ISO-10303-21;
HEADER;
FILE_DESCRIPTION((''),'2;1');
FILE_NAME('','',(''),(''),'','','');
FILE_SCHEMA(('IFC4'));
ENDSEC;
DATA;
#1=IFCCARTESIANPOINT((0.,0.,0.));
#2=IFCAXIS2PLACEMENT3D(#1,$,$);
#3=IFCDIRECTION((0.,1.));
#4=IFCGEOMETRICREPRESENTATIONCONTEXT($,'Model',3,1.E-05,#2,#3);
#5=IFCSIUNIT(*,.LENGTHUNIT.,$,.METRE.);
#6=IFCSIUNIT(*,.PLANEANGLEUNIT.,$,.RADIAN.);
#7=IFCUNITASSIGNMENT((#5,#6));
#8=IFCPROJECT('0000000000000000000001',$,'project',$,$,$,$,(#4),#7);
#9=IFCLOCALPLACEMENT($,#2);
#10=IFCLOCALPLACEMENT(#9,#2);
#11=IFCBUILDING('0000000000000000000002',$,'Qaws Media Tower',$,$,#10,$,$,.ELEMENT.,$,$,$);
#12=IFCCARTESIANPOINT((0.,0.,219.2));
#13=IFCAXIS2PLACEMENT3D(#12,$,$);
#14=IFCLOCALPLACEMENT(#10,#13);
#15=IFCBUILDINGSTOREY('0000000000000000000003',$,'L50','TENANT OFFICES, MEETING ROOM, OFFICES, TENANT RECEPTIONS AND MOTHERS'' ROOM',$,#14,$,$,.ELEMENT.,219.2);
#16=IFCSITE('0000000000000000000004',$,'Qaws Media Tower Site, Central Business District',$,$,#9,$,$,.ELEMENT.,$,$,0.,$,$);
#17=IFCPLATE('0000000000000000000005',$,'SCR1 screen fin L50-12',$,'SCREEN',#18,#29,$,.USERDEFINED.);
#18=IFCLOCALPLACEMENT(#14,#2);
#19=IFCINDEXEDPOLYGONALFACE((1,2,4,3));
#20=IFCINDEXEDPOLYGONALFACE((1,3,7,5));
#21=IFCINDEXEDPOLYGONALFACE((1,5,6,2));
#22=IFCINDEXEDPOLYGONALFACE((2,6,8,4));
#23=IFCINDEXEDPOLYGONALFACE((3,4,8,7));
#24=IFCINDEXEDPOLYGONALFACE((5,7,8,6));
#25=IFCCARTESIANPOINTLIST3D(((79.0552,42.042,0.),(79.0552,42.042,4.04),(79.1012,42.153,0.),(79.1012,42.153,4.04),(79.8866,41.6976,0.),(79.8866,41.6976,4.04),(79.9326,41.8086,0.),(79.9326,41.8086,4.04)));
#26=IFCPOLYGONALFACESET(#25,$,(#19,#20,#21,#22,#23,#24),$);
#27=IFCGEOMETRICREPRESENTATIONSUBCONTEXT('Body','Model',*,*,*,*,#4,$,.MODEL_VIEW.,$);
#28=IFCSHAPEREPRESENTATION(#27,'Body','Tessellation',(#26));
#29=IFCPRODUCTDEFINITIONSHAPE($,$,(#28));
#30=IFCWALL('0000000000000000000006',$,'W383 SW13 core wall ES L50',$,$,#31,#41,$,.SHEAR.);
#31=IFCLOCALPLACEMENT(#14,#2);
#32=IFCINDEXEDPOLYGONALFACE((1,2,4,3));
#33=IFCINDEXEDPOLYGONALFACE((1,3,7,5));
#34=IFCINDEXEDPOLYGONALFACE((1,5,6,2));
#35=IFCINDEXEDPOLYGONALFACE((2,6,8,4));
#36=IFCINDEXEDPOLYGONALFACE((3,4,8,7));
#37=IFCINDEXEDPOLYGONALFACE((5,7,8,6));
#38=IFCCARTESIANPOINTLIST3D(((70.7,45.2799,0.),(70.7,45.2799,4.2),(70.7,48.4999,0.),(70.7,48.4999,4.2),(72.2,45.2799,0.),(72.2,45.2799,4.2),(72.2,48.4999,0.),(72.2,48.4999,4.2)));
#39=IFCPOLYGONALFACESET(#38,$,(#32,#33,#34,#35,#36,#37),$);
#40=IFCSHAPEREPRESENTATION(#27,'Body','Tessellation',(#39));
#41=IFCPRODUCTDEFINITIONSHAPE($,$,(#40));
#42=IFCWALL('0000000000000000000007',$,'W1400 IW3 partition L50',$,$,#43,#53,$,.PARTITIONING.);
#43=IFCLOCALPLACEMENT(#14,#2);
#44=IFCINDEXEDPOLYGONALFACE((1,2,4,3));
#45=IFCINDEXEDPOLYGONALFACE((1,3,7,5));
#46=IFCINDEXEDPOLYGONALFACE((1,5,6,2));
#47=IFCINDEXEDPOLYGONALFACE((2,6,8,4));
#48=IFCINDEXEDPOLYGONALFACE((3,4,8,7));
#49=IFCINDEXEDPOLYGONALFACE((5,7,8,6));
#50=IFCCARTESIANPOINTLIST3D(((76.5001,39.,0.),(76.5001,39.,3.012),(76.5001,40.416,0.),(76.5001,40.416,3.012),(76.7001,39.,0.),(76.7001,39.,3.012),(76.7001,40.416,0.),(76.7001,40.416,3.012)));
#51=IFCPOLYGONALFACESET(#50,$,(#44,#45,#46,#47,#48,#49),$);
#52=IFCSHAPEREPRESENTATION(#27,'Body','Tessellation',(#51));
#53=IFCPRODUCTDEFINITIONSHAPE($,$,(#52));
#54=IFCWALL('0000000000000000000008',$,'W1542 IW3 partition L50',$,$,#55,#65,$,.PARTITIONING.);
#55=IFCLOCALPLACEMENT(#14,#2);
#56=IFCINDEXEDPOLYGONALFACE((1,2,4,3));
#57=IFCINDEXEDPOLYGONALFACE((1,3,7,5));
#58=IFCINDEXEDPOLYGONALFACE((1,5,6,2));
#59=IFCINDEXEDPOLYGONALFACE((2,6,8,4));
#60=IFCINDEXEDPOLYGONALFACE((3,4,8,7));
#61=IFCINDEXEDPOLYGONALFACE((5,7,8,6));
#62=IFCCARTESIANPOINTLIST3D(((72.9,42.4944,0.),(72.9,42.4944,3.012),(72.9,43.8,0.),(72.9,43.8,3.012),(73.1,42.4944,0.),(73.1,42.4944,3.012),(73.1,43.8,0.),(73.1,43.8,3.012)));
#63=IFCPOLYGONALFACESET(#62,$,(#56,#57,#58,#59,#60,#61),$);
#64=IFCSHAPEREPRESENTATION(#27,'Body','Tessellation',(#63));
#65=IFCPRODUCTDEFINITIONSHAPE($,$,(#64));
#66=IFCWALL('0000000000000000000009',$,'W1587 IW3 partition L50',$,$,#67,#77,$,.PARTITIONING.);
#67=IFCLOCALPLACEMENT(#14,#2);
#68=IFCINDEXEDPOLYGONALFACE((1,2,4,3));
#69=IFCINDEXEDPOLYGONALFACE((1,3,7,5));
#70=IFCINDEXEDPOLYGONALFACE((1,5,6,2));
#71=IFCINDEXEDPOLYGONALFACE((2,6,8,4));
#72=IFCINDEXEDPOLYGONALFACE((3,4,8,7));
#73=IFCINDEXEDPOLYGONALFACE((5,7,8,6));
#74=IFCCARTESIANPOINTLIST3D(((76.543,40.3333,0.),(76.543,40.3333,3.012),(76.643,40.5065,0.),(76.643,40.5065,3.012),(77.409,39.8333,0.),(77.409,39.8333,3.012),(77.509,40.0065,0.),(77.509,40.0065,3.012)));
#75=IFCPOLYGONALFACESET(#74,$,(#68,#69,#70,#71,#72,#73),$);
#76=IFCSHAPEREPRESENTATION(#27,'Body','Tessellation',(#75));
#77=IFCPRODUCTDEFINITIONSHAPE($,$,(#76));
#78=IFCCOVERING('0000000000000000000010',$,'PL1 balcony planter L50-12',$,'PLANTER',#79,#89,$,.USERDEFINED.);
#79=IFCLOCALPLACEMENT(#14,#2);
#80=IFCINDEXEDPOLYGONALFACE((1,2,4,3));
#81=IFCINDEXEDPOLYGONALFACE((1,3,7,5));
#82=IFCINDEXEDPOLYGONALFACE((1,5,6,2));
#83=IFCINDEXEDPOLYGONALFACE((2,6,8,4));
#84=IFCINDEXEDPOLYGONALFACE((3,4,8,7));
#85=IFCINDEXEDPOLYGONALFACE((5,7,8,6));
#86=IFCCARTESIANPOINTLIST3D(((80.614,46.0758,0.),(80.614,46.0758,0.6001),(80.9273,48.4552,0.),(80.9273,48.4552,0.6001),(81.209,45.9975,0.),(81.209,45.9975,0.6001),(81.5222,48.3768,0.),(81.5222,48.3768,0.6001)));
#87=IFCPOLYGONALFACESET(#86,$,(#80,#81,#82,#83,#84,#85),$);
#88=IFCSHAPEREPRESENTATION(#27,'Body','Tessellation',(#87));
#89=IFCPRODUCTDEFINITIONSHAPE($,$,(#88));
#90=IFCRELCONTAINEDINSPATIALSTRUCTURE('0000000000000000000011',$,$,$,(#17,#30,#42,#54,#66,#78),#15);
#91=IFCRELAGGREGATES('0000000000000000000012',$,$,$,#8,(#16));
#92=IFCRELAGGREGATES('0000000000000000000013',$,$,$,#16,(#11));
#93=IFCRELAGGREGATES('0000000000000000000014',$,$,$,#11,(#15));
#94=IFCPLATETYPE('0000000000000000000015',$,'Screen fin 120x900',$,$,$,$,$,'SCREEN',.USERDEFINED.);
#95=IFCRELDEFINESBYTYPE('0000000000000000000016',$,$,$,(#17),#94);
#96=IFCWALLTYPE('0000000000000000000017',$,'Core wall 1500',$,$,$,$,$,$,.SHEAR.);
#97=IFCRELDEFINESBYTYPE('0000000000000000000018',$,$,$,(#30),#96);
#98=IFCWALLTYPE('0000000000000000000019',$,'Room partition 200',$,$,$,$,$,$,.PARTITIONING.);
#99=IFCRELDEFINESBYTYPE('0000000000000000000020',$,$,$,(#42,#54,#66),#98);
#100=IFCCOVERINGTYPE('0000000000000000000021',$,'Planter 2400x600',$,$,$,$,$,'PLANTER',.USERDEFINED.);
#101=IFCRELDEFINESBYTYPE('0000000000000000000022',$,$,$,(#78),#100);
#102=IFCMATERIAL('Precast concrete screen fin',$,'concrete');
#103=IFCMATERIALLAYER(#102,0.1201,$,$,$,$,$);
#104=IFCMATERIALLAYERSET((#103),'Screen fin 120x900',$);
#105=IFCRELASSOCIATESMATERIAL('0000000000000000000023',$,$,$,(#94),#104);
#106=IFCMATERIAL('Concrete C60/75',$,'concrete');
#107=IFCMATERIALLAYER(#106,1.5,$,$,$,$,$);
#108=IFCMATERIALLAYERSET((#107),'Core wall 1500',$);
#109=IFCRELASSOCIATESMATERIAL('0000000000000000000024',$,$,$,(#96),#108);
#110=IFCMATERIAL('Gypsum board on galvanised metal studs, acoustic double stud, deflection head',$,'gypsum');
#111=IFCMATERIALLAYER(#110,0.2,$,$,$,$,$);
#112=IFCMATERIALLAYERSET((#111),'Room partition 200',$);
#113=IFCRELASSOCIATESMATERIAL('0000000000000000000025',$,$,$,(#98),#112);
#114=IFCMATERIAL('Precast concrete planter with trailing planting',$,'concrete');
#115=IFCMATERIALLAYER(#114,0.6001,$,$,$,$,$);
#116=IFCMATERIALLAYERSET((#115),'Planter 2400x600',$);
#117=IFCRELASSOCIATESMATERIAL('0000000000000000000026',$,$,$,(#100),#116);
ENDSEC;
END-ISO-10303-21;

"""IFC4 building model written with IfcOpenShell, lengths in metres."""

from ifc_helpers import new_model, si_unit, direction, frame, frame_2d, origin, origin_2d, place, context, subcontext, project, spatial, rectangle, extrude, material, layer, layer_set, type_object, element, save


model = new_model("IFC4")

# Units and contexts
model_context = context("Model", 3, precision=1e-05, world=origin(), true_north=direction((0.0, 1.0)))
body_context = subcontext(model_context, "Body", "Model", "MODEL_VIEW")
ifc_project = project(units=[si_unit("LENGTHUNIT", "METRE"), si_unit("PLANEANGLEUNIT", "RADIAN")], contexts=[model_context])

# Site, building, storey
site_placement = place(None, origin())
site = spatial("IfcSite", under=ifc_project, at=site_placement, Name="Qaws Media Tower Site, Central Business District", CompositionType="ELEMENT", RefElevation=0.0)
building_placement = place(site_placement, origin())
building = spatial("IfcBuilding", under=site, at=building_placement, Name="Qaws Media Tower", CompositionType="ELEMENT")
storey_placement = place(building_placement, frame((0.0, 0.0, 219.2)))
storey = spatial("IfcBuildingStorey", under=building, at=storey_placement, Name="L50", Description="TENANT OFFICES, MEETING ROOM, OFFICES, TENANT RECEPTIONS AND MOTHERS' ROOM", CompositionType="ELEMENT", Elevation=219.2)

# Plate
ifc_material_1 = material(Name="Precast concrete screen fin", Category="concrete")
ifc_layer_1 = layer(ifc_material_1, 0.1201)
ifc_layer_set_1 = layer_set([ifc_layer_1], Name="Screen fin 120x900")
plate_type_1 = type_object("IfcPlateType", Name="Screen fin 120x900", ElementType="SCREEN", PredefinedType="USERDEFINED", material=ifc_layer_set_1)
plate_1_placement = place(storey_placement, frame((79.4939, 41.9253, 0.0), z_axis=(0.0, 0.0, 1.0), x_axis=(0.92388, -0.382683, 0.0)))
element("IfcPlate", 1, at=plate_1_placement, inside=storey, type_object=plate_type_1, Name="SCR1 screen fin L50-12", ObjectType="SCREEN", PredefinedType="USERDEFINED", context=body_context, shape_type="SweptSolid", body=[
    extrude(rectangle(XDim=0.8999, YDim=0.1201, at=origin_2d()), origin(), (0.0, 0.0, 1.0), 4.04),
])

# Walls
ifc_material_2 = material(Name="Concrete C60/75", Category="concrete")
ifc_layer_2 = layer(ifc_material_2, 1.5)
ifc_layer_set_2 = layer_set([ifc_layer_2], Name="Core wall 1500")
wall_type_1 = type_object("IfcWallType", Name="Core wall 1500", PredefinedType="SHEAR", material=ifc_layer_set_2)
wall_1_placement = place(storey_placement, frame((71.45, 45.28, 0.0), z_axis=(0.0, 0.0, 1.0), x_axis=(0.0, 1.0, 0.0)))
element("IfcWall", 2, at=wall_1_placement, inside=storey, type_object=wall_type_1, Name="W383 SW13 core wall ES L50", PredefinedType="SHEAR", context=body_context, shape_type="SweptSolid", body=[
    extrude(rectangle(XDim=3.22, YDim=1.5, at=frame_2d((1.6099, 0.0))), origin(), (0.0, 0.0, 1.0), 4.2),
])
ifc_material_3 = material(Name="Gypsum board on galvanised metal studs, acoustic double stud, deflection head", Category="gypsum")
ifc_layer_3 = layer(ifc_material_3, 0.2)
ifc_layer_set_3 = layer_set([ifc_layer_3], Name="Room partition 200")
wall_type_2 = type_object("IfcWallType", Name="Room partition 200", PredefinedType="PARTITIONING", material=ifc_layer_set_3)
wall_2_placement = place(storey_placement, frame((76.6001, 40.416, 0.0), z_axis=(0.0, 0.0, 1.0), x_axis=(0.0, -1.0, 0.0)))
element("IfcWall", 3, at=wall_2_placement, inside=storey, type_object=wall_type_2, Name="W1400 IW3 partition L50", PredefinedType="PARTITIONING", context=body_context, shape_type="SweptSolid", body=[
    extrude(rectangle(XDim=1.416, YDim=0.2, at=frame_2d((0.708, 0.0))), origin(), (0.0, 0.0, 1.0), 3.012),
])
wall_3_placement = place(storey_placement, frame((73.0, 42.4944, 0.0), z_axis=(0.0, 0.0, 1.0), x_axis=(0.0, 1.0, 0.0)))
element("IfcWall", 4, at=wall_3_placement, inside=storey, type_object=wall_type_2, Name="W1542 IW3 partition L50", PredefinedType="PARTITIONING", context=body_context, shape_type="SweptSolid", body=[
    extrude(rectangle(XDim=1.3057, YDim=0.2, at=frame_2d((0.6528, 0.0))), origin(), (0.0, 0.0, 1.0), 3.012),
])
wall_4_placement = place(storey_placement, frame((76.593, 40.4199, 0.0), z_axis=(0.0, 0.0, 1.0), x_axis=(0.866011, -0.500025, 0.0)))
element("IfcWall", 5, at=wall_4_placement, inside=storey, type_object=wall_type_2, Name="W1587 IW3 partition L50", PredefinedType="PARTITIONING", context=body_context, shape_type="SweptSolid", body=[
    extrude(rectangle(XDim=1.0, YDim=0.2, at=frame_2d((0.5, 0.0))), origin(), (0.0, 0.0, 1.0), 3.012),
])

# Covering
ifc_material_4 = material(Name="Precast concrete planter with trailing planting", Category="concrete")
ifc_layer_4 = layer(ifc_material_4, 0.6001)
ifc_layer_set_4 = layer_set([ifc_layer_4], Name="Planter 2400x600")
covering_type = type_object("IfcCoveringType", Name="Planter 2400x600", ElementType="PLANTER", PredefinedType="USERDEFINED", material=ifc_layer_set_4)
covering_placement = place(storey_placement, frame((81.0681, 47.2263, 0.0), z_axis=(0.0, 0.0, 1.0), x_axis=(0.130526, 0.991445, 0.0)))
element("IfcCovering", 6, at=covering_placement, inside=storey, type_object=covering_type, Name="PL1 balcony planter L50-12", ObjectType="PLANTER", PredefinedType="USERDEFINED", context=body_context, shape_type="SweptSolid", body=[
    extrude(rectangle(XDim=2.3999, YDim=0.6001, at=origin_2d()), origin(), (0.0, 0.0, 1.0), 0.6001),
])

save(model, "model.ifc")
